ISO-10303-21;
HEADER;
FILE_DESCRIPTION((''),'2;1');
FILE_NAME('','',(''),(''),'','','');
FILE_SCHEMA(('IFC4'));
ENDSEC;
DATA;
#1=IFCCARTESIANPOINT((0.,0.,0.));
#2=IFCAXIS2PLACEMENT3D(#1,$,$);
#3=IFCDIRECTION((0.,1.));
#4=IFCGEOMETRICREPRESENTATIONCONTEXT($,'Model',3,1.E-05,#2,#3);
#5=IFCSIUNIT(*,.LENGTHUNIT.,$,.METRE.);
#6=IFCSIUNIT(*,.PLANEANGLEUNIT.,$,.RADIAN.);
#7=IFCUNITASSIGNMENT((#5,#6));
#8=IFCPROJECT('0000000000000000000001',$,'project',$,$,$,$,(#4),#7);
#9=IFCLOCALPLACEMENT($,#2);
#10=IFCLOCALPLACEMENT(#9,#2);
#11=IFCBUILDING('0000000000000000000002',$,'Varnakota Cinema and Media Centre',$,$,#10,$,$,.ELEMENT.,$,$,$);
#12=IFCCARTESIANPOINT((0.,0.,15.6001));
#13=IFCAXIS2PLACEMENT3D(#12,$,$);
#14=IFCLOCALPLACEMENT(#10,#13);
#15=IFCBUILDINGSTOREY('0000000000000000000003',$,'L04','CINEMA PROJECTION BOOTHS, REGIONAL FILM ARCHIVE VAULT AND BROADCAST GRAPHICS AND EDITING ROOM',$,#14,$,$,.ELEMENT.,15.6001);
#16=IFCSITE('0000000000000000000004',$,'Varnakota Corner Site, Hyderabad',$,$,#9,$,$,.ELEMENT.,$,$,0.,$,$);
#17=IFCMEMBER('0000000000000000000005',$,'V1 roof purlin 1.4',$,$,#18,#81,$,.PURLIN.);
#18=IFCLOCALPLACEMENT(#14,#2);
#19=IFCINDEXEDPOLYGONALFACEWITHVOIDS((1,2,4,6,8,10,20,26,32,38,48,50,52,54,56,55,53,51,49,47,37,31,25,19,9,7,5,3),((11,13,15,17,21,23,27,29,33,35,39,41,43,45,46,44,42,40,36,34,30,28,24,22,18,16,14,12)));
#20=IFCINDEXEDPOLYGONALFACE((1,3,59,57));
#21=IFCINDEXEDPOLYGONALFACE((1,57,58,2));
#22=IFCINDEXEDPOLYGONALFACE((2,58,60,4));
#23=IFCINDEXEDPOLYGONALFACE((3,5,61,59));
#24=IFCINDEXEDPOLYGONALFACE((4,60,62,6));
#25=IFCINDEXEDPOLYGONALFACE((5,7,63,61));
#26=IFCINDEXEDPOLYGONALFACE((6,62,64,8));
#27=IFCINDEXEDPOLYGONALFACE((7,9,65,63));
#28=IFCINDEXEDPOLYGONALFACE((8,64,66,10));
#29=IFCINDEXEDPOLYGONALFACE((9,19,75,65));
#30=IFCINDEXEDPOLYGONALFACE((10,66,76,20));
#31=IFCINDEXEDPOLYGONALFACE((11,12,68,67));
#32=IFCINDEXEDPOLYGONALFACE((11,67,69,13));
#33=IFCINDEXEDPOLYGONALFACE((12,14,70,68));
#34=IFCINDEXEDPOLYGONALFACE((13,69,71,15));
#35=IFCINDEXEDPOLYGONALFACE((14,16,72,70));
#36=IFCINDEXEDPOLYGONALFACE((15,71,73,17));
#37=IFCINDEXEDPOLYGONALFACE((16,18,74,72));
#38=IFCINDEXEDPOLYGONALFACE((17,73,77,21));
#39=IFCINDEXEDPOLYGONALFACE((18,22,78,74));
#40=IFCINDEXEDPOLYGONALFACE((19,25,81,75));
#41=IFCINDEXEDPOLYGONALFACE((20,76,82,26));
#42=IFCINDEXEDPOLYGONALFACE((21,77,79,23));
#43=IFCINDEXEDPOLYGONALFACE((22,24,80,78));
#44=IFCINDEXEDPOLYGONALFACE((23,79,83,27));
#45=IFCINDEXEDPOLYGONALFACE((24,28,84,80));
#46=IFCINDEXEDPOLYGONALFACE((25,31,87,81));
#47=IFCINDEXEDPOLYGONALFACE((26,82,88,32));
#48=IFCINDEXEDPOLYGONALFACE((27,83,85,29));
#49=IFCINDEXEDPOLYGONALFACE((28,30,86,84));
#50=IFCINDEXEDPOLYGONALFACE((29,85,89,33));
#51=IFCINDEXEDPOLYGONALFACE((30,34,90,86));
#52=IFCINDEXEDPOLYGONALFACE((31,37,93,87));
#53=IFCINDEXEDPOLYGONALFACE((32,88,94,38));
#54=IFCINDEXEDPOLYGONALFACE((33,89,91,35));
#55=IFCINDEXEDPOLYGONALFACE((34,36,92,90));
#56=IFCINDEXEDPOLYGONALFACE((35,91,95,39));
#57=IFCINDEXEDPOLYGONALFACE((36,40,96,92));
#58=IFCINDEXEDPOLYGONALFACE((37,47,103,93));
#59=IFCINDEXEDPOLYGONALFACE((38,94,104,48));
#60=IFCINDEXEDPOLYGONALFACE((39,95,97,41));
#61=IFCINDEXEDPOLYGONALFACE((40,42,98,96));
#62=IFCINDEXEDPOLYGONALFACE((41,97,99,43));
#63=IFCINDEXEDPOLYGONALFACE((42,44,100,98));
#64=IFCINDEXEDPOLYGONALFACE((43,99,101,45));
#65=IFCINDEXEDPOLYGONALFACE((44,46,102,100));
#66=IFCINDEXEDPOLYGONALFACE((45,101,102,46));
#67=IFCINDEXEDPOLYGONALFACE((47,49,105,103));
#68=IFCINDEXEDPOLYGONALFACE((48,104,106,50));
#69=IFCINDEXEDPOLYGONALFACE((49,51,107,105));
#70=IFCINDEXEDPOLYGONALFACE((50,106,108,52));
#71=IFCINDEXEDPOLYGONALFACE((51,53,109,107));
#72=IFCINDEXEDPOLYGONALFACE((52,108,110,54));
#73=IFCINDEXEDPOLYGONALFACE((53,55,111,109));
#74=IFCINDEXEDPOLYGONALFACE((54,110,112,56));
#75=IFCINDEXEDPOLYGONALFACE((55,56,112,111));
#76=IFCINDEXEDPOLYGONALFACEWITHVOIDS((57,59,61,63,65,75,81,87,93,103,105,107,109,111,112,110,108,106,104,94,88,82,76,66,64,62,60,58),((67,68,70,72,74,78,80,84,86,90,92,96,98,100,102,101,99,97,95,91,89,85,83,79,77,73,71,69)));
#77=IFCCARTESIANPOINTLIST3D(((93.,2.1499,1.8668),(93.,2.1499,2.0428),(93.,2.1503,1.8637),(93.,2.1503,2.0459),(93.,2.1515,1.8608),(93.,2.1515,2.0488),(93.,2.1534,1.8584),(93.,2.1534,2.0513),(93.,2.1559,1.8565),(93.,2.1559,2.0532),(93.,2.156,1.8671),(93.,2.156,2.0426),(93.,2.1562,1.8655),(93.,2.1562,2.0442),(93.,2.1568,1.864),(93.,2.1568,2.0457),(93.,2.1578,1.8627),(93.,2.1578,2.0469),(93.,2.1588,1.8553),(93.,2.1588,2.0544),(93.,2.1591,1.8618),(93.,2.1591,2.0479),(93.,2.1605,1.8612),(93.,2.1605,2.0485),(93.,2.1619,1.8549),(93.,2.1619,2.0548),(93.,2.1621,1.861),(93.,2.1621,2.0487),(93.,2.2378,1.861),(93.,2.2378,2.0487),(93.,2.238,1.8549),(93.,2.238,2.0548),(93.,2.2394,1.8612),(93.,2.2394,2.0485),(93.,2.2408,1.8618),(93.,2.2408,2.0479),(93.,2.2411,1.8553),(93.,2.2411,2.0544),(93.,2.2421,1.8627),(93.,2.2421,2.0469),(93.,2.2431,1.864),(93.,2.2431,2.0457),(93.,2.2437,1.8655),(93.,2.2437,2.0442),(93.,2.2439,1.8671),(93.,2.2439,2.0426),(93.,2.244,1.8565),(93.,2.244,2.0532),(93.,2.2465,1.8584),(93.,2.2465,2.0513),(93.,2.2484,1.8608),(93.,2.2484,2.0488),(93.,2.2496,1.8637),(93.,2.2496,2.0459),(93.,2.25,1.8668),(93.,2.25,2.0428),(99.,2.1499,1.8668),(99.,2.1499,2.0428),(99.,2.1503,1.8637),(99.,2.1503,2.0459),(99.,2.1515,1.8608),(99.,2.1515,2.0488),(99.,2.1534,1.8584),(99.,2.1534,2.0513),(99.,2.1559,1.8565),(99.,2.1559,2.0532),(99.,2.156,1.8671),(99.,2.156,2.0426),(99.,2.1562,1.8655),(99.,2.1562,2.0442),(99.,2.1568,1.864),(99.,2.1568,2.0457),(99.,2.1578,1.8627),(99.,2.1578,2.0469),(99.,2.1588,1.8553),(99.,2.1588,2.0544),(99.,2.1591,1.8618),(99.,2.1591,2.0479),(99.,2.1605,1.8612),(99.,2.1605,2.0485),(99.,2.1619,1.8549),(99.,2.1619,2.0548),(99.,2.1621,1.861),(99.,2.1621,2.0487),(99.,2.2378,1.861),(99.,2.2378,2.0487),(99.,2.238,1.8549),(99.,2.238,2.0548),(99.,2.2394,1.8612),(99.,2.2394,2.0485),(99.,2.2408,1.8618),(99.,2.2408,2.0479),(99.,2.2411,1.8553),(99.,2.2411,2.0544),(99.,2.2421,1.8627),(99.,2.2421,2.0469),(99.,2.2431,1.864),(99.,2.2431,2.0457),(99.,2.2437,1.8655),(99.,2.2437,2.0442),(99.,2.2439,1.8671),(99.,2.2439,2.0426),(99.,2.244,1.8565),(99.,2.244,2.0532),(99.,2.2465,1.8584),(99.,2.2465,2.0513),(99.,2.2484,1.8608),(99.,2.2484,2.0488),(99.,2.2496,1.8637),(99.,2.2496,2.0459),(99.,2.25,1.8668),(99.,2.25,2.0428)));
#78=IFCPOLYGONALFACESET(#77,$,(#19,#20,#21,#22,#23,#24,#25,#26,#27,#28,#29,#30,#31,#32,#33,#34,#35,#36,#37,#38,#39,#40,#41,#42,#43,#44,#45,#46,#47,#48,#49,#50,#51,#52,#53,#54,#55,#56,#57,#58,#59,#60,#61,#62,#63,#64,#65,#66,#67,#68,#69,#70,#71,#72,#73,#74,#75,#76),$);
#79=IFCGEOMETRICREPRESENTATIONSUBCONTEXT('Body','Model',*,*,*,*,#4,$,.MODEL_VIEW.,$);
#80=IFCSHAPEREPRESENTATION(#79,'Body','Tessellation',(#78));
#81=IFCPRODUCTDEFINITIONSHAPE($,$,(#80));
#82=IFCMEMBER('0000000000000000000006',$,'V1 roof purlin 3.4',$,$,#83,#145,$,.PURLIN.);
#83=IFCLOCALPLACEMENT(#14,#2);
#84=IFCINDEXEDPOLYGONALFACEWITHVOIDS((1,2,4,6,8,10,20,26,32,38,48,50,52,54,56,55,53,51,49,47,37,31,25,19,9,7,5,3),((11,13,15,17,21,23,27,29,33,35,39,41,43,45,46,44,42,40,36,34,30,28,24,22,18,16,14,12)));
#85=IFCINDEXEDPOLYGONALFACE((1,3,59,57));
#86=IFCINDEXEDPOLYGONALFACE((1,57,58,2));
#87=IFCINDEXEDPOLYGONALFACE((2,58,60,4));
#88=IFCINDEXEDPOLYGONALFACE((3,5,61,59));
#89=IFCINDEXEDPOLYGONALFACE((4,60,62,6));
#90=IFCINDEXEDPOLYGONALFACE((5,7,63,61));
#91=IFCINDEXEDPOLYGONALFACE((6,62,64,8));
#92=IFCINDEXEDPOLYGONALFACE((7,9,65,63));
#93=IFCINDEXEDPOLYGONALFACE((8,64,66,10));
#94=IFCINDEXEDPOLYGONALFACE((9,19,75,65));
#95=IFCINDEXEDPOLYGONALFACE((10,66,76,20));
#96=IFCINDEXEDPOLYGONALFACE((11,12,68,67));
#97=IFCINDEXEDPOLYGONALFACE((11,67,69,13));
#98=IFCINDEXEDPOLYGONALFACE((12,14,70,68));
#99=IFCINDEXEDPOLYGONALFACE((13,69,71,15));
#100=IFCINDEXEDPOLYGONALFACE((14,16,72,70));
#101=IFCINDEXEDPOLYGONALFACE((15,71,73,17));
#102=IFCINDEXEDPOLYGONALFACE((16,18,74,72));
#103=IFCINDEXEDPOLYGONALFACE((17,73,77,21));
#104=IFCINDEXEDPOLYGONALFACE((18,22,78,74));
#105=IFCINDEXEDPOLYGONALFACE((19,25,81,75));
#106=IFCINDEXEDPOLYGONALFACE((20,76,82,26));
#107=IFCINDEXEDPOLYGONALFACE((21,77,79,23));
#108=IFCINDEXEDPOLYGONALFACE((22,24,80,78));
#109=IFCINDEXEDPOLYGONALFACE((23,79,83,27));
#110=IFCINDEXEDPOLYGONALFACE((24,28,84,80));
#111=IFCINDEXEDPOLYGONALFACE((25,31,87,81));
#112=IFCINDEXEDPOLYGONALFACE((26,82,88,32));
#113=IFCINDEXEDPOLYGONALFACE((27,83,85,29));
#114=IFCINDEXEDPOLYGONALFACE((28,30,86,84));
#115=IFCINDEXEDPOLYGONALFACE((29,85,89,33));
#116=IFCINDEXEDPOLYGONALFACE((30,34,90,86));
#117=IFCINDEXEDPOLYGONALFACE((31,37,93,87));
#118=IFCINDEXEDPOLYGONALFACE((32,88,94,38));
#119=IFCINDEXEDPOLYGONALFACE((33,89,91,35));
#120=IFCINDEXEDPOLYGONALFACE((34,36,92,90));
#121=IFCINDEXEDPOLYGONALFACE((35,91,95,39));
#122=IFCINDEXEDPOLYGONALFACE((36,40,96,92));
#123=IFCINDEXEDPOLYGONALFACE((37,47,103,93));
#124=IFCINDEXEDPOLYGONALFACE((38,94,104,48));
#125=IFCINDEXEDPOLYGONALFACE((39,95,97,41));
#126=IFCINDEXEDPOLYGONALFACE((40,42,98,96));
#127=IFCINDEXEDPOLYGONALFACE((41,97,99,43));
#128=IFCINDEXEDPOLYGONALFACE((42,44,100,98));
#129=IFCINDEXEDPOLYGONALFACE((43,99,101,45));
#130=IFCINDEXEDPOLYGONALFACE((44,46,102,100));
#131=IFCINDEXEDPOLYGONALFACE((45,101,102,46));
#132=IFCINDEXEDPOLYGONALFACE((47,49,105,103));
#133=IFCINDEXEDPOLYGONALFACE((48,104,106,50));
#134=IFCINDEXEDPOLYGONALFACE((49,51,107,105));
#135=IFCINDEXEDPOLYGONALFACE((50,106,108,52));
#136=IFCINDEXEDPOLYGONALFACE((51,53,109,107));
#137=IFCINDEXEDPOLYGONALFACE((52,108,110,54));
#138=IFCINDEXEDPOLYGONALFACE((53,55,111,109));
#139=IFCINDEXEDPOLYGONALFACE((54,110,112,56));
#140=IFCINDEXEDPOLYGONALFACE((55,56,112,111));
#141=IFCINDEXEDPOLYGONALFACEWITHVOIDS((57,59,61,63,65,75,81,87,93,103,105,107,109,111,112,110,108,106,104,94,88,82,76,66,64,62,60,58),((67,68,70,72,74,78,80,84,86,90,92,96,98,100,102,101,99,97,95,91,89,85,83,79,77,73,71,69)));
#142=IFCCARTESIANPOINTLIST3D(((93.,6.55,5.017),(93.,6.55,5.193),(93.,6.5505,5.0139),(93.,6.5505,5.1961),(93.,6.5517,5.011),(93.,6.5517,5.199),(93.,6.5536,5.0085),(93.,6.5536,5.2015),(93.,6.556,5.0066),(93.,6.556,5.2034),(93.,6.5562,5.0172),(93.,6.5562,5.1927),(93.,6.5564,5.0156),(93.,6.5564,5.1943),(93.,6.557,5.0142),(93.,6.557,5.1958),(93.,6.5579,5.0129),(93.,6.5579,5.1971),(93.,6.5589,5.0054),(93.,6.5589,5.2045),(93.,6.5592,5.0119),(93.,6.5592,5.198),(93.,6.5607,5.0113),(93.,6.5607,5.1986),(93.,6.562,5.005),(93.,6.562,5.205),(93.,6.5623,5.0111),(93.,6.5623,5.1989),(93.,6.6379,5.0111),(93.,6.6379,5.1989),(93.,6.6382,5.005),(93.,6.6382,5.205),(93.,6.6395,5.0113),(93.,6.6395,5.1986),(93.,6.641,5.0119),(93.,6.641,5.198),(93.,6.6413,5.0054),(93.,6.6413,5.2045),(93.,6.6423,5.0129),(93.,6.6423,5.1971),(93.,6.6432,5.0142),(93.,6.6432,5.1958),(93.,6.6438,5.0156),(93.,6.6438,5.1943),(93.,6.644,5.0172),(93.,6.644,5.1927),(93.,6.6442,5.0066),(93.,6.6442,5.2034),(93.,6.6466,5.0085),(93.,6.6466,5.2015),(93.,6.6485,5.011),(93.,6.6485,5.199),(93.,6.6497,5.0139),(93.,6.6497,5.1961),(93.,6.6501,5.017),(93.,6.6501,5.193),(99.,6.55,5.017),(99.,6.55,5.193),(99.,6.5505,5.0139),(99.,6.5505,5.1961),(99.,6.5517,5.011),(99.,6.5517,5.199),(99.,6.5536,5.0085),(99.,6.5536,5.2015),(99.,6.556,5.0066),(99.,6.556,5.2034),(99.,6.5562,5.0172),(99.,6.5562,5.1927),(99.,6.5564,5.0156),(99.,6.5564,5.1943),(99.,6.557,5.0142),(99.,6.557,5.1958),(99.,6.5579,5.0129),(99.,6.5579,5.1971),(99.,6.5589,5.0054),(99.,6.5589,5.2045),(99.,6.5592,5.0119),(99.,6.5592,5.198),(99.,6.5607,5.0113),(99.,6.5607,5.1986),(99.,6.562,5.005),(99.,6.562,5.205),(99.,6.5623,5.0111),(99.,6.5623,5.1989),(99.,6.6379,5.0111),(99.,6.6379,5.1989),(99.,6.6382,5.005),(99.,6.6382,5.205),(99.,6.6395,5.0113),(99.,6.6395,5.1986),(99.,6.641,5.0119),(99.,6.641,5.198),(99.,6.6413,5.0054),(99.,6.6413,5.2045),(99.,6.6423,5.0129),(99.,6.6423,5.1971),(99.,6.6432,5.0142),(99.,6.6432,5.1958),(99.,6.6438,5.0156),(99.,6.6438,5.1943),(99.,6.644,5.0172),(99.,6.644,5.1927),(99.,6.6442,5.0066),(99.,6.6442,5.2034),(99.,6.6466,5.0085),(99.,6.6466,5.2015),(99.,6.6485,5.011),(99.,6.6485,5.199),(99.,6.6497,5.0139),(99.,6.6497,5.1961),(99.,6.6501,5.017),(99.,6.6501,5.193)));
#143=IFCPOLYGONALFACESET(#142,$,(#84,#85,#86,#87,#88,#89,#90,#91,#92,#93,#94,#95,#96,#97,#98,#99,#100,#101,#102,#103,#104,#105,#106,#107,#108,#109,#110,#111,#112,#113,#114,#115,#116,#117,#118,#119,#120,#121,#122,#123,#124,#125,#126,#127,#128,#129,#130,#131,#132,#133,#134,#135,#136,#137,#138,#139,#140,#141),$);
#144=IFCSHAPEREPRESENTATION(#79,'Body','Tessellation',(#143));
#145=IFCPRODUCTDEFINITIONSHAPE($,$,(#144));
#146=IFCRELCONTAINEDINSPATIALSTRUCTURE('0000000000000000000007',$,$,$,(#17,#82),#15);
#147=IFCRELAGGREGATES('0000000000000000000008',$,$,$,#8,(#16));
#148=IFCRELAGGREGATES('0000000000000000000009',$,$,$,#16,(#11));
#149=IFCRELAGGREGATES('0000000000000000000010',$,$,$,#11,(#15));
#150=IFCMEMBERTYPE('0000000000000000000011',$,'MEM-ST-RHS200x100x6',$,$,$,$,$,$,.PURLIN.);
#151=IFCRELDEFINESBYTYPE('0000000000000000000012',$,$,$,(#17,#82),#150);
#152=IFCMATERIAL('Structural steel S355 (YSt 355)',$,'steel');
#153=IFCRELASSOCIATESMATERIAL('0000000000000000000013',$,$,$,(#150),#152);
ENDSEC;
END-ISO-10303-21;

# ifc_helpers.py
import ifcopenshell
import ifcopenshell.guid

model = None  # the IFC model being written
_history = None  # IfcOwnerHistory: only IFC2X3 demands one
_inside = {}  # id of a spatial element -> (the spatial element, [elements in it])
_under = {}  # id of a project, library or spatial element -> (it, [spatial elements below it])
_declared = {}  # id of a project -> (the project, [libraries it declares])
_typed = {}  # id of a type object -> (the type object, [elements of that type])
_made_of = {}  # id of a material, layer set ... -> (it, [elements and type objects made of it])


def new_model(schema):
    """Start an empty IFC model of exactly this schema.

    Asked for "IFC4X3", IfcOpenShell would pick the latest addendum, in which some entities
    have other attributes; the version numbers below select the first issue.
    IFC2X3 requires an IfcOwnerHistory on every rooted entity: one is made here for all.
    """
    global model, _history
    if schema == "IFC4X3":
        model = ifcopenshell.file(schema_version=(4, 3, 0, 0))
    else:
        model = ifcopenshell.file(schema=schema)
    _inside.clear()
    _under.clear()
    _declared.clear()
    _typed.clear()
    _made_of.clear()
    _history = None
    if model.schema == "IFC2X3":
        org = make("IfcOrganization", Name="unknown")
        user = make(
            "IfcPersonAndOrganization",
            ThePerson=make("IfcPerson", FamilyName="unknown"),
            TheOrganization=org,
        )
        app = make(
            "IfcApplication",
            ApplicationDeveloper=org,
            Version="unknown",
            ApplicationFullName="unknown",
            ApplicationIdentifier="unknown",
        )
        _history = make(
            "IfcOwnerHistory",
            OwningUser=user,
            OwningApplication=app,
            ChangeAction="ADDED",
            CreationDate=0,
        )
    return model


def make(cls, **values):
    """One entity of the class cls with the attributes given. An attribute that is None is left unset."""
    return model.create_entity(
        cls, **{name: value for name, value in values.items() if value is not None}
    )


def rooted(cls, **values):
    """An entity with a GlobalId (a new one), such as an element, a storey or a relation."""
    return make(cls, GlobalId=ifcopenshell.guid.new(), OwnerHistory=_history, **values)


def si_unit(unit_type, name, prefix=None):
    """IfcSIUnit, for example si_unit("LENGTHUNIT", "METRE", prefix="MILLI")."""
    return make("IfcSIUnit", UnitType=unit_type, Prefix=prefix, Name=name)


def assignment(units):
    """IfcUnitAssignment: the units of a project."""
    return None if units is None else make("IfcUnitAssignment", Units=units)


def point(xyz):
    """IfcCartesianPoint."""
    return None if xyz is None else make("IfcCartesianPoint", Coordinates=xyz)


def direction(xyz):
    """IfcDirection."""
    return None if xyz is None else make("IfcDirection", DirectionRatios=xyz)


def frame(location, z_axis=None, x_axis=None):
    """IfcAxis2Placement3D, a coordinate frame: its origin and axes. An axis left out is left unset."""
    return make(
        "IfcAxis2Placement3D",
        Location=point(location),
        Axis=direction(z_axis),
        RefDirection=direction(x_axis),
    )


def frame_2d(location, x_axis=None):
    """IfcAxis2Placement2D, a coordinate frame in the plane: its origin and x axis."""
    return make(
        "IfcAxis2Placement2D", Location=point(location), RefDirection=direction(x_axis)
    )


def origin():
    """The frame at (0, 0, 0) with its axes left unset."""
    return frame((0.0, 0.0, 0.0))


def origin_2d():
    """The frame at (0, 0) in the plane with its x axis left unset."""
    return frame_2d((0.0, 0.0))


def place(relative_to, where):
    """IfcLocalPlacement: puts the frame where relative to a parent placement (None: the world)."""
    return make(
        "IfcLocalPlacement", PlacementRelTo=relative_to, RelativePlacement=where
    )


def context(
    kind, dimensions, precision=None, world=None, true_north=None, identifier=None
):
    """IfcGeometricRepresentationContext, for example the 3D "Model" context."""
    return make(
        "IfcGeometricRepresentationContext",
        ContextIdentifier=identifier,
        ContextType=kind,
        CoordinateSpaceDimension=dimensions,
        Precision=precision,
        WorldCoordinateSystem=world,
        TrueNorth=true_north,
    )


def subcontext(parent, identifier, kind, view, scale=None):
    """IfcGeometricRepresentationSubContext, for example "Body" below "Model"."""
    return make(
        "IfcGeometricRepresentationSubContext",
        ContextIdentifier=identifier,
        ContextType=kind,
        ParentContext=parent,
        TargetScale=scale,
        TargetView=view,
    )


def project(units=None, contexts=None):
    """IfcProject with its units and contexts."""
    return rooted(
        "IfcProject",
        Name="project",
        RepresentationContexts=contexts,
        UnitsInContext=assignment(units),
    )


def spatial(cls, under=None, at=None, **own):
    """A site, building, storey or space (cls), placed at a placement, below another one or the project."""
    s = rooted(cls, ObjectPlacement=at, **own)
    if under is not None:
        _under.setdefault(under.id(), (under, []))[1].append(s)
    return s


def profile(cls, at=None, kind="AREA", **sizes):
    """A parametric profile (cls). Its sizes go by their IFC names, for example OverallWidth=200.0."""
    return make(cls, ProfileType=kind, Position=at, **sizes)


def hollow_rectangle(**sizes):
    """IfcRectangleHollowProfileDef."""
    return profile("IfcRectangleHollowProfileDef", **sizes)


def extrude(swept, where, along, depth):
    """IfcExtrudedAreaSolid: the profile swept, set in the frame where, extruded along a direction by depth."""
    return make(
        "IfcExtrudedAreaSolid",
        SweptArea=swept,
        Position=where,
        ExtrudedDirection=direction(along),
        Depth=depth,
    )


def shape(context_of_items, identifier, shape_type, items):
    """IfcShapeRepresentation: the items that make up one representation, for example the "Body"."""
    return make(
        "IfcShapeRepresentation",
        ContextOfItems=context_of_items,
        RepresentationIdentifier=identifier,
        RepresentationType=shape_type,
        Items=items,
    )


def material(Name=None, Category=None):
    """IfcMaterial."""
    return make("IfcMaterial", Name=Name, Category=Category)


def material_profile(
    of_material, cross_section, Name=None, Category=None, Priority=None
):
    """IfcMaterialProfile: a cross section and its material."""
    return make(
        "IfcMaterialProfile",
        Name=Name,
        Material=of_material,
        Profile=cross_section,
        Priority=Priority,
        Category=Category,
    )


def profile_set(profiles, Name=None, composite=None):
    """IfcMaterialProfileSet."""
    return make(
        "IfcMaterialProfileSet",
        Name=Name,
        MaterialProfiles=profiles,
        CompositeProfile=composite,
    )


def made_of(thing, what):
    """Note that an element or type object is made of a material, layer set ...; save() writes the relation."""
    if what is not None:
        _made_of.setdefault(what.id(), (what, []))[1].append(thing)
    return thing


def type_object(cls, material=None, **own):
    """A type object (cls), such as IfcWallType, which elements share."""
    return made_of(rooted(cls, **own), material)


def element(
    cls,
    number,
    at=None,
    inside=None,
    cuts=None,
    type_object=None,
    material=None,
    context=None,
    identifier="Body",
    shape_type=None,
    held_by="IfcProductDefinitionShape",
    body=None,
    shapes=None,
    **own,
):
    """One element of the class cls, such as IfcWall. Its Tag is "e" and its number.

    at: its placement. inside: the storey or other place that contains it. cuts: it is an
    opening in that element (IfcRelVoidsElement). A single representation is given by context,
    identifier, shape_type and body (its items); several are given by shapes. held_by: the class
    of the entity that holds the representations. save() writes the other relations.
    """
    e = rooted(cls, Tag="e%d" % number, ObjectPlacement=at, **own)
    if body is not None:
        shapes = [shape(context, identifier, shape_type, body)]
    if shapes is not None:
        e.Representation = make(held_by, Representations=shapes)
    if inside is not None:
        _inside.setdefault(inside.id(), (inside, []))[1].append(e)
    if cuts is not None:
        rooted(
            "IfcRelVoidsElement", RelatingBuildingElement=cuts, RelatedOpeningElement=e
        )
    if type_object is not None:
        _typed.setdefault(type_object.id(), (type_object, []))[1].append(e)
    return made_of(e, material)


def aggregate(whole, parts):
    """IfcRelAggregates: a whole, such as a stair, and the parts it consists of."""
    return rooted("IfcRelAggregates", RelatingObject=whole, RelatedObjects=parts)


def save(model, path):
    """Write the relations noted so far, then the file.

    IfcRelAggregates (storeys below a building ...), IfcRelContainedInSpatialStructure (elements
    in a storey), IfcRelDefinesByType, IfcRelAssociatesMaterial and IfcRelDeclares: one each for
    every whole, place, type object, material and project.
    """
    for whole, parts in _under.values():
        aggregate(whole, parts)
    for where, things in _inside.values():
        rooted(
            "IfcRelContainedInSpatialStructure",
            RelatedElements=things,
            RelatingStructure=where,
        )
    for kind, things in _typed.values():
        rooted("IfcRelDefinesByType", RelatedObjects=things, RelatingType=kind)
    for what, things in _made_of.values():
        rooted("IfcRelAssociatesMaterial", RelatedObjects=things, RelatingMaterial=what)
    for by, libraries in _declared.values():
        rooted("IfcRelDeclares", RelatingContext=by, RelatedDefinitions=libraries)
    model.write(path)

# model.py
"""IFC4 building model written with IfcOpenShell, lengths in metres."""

from ifc_helpers import new_model, si_unit, direction, frame, origin, origin_2d, place, context, subcontext, project, spatial, hollow_rectangle, extrude, material, material_profile, profile_set, type_object, element, save


model = new_model("IFC4")

# Units and contexts
model_context = context("Model", 3, precision=1e-05, world=origin(), true_north=direction((0.0, 1.0)))
body_context = subcontext(model_context, "Body", "Model", "MODEL_VIEW")
ifc_project = project(units=[si_unit("LENGTHUNIT", "METRE"), si_unit("PLANEANGLEUNIT", "RADIAN")], contexts=[model_context])

# Site, building, storey
site_placement = place(None, origin())
site = spatial("IfcSite", under=ifc_project, at=site_placement, Name="Varnakota Corner Site, Hyderabad", CompositionType="ELEMENT", RefElevation=0.0)
building_placement = place(site_placement, origin())
building = spatial("IfcBuilding", under=site, at=building_placement, Name="Varnakota Cinema and Media Centre", CompositionType="ELEMENT")
storey_placement = place(building_placement, frame((0.0, 0.0, 15.6001)))
storey = spatial("IfcBuildingStorey", under=building, at=storey_placement, Name="L04", Description="CINEMA PROJECTION BOOTHS, REGIONAL FILM ARCHIVE VAULT AND BROADCAST GRAPHICS AND EDITING ROOM", CompositionType="ELEMENT", Elevation=15.6001)

# Members
ifc_material_1 = material(Name="Structural steel S355 (YSt 355)", Category="steel")
ifc_material_profile_1 = material_profile(ifc_material_1, hollow_rectangle(XDim=0.1001, YDim=0.2, WallThickness=0.0061, InnerFilletRadius=0.0061, OuterFilletRadius=0.012, at=origin_2d()), Name="RHS 200x100x6")
ifc_profile_set_1 = profile_set([ifc_material_profile_1], Name="Structural steel S355 (YSt 355)")
member_type_1 = type_object("IfcMemberType", Name="MEM-ST-RHS200x100x6", PredefinedType="PURLIN", material=ifc_profile_set_1)
for number, where, z_axis, x_axis, name in (
    (1, (93.0, 2.2, 1.9548), (1.0, 0.0, 0.0), (0.0, 1.0, 0.0), "V1 roof purlin 1.4"),
    (2, (93.0, 6.6001, 5.105), (1.0, 0.0, 0.0), (0.0, 1.0, 0.0), "V1 roof purlin 3.4"),
):
    element("IfcMember", number, at=place(storey_placement, frame(where, z_axis=z_axis, x_axis=x_axis)), inside=storey, type_object=member_type_1, Name=name, PredefinedType="PURLIN", context=body_context, shape_type="SweptSolid", body=[
        extrude(hollow_rectangle(XDim=0.1001, YDim=0.2, WallThickness=0.0061, InnerFilletRadius=0.0061, OuterFilletRadius=0.012, at=origin_2d()), origin(), (0.0, 0.0, 1.0), 6.0),
    ])

save(model, "model.ifc")
